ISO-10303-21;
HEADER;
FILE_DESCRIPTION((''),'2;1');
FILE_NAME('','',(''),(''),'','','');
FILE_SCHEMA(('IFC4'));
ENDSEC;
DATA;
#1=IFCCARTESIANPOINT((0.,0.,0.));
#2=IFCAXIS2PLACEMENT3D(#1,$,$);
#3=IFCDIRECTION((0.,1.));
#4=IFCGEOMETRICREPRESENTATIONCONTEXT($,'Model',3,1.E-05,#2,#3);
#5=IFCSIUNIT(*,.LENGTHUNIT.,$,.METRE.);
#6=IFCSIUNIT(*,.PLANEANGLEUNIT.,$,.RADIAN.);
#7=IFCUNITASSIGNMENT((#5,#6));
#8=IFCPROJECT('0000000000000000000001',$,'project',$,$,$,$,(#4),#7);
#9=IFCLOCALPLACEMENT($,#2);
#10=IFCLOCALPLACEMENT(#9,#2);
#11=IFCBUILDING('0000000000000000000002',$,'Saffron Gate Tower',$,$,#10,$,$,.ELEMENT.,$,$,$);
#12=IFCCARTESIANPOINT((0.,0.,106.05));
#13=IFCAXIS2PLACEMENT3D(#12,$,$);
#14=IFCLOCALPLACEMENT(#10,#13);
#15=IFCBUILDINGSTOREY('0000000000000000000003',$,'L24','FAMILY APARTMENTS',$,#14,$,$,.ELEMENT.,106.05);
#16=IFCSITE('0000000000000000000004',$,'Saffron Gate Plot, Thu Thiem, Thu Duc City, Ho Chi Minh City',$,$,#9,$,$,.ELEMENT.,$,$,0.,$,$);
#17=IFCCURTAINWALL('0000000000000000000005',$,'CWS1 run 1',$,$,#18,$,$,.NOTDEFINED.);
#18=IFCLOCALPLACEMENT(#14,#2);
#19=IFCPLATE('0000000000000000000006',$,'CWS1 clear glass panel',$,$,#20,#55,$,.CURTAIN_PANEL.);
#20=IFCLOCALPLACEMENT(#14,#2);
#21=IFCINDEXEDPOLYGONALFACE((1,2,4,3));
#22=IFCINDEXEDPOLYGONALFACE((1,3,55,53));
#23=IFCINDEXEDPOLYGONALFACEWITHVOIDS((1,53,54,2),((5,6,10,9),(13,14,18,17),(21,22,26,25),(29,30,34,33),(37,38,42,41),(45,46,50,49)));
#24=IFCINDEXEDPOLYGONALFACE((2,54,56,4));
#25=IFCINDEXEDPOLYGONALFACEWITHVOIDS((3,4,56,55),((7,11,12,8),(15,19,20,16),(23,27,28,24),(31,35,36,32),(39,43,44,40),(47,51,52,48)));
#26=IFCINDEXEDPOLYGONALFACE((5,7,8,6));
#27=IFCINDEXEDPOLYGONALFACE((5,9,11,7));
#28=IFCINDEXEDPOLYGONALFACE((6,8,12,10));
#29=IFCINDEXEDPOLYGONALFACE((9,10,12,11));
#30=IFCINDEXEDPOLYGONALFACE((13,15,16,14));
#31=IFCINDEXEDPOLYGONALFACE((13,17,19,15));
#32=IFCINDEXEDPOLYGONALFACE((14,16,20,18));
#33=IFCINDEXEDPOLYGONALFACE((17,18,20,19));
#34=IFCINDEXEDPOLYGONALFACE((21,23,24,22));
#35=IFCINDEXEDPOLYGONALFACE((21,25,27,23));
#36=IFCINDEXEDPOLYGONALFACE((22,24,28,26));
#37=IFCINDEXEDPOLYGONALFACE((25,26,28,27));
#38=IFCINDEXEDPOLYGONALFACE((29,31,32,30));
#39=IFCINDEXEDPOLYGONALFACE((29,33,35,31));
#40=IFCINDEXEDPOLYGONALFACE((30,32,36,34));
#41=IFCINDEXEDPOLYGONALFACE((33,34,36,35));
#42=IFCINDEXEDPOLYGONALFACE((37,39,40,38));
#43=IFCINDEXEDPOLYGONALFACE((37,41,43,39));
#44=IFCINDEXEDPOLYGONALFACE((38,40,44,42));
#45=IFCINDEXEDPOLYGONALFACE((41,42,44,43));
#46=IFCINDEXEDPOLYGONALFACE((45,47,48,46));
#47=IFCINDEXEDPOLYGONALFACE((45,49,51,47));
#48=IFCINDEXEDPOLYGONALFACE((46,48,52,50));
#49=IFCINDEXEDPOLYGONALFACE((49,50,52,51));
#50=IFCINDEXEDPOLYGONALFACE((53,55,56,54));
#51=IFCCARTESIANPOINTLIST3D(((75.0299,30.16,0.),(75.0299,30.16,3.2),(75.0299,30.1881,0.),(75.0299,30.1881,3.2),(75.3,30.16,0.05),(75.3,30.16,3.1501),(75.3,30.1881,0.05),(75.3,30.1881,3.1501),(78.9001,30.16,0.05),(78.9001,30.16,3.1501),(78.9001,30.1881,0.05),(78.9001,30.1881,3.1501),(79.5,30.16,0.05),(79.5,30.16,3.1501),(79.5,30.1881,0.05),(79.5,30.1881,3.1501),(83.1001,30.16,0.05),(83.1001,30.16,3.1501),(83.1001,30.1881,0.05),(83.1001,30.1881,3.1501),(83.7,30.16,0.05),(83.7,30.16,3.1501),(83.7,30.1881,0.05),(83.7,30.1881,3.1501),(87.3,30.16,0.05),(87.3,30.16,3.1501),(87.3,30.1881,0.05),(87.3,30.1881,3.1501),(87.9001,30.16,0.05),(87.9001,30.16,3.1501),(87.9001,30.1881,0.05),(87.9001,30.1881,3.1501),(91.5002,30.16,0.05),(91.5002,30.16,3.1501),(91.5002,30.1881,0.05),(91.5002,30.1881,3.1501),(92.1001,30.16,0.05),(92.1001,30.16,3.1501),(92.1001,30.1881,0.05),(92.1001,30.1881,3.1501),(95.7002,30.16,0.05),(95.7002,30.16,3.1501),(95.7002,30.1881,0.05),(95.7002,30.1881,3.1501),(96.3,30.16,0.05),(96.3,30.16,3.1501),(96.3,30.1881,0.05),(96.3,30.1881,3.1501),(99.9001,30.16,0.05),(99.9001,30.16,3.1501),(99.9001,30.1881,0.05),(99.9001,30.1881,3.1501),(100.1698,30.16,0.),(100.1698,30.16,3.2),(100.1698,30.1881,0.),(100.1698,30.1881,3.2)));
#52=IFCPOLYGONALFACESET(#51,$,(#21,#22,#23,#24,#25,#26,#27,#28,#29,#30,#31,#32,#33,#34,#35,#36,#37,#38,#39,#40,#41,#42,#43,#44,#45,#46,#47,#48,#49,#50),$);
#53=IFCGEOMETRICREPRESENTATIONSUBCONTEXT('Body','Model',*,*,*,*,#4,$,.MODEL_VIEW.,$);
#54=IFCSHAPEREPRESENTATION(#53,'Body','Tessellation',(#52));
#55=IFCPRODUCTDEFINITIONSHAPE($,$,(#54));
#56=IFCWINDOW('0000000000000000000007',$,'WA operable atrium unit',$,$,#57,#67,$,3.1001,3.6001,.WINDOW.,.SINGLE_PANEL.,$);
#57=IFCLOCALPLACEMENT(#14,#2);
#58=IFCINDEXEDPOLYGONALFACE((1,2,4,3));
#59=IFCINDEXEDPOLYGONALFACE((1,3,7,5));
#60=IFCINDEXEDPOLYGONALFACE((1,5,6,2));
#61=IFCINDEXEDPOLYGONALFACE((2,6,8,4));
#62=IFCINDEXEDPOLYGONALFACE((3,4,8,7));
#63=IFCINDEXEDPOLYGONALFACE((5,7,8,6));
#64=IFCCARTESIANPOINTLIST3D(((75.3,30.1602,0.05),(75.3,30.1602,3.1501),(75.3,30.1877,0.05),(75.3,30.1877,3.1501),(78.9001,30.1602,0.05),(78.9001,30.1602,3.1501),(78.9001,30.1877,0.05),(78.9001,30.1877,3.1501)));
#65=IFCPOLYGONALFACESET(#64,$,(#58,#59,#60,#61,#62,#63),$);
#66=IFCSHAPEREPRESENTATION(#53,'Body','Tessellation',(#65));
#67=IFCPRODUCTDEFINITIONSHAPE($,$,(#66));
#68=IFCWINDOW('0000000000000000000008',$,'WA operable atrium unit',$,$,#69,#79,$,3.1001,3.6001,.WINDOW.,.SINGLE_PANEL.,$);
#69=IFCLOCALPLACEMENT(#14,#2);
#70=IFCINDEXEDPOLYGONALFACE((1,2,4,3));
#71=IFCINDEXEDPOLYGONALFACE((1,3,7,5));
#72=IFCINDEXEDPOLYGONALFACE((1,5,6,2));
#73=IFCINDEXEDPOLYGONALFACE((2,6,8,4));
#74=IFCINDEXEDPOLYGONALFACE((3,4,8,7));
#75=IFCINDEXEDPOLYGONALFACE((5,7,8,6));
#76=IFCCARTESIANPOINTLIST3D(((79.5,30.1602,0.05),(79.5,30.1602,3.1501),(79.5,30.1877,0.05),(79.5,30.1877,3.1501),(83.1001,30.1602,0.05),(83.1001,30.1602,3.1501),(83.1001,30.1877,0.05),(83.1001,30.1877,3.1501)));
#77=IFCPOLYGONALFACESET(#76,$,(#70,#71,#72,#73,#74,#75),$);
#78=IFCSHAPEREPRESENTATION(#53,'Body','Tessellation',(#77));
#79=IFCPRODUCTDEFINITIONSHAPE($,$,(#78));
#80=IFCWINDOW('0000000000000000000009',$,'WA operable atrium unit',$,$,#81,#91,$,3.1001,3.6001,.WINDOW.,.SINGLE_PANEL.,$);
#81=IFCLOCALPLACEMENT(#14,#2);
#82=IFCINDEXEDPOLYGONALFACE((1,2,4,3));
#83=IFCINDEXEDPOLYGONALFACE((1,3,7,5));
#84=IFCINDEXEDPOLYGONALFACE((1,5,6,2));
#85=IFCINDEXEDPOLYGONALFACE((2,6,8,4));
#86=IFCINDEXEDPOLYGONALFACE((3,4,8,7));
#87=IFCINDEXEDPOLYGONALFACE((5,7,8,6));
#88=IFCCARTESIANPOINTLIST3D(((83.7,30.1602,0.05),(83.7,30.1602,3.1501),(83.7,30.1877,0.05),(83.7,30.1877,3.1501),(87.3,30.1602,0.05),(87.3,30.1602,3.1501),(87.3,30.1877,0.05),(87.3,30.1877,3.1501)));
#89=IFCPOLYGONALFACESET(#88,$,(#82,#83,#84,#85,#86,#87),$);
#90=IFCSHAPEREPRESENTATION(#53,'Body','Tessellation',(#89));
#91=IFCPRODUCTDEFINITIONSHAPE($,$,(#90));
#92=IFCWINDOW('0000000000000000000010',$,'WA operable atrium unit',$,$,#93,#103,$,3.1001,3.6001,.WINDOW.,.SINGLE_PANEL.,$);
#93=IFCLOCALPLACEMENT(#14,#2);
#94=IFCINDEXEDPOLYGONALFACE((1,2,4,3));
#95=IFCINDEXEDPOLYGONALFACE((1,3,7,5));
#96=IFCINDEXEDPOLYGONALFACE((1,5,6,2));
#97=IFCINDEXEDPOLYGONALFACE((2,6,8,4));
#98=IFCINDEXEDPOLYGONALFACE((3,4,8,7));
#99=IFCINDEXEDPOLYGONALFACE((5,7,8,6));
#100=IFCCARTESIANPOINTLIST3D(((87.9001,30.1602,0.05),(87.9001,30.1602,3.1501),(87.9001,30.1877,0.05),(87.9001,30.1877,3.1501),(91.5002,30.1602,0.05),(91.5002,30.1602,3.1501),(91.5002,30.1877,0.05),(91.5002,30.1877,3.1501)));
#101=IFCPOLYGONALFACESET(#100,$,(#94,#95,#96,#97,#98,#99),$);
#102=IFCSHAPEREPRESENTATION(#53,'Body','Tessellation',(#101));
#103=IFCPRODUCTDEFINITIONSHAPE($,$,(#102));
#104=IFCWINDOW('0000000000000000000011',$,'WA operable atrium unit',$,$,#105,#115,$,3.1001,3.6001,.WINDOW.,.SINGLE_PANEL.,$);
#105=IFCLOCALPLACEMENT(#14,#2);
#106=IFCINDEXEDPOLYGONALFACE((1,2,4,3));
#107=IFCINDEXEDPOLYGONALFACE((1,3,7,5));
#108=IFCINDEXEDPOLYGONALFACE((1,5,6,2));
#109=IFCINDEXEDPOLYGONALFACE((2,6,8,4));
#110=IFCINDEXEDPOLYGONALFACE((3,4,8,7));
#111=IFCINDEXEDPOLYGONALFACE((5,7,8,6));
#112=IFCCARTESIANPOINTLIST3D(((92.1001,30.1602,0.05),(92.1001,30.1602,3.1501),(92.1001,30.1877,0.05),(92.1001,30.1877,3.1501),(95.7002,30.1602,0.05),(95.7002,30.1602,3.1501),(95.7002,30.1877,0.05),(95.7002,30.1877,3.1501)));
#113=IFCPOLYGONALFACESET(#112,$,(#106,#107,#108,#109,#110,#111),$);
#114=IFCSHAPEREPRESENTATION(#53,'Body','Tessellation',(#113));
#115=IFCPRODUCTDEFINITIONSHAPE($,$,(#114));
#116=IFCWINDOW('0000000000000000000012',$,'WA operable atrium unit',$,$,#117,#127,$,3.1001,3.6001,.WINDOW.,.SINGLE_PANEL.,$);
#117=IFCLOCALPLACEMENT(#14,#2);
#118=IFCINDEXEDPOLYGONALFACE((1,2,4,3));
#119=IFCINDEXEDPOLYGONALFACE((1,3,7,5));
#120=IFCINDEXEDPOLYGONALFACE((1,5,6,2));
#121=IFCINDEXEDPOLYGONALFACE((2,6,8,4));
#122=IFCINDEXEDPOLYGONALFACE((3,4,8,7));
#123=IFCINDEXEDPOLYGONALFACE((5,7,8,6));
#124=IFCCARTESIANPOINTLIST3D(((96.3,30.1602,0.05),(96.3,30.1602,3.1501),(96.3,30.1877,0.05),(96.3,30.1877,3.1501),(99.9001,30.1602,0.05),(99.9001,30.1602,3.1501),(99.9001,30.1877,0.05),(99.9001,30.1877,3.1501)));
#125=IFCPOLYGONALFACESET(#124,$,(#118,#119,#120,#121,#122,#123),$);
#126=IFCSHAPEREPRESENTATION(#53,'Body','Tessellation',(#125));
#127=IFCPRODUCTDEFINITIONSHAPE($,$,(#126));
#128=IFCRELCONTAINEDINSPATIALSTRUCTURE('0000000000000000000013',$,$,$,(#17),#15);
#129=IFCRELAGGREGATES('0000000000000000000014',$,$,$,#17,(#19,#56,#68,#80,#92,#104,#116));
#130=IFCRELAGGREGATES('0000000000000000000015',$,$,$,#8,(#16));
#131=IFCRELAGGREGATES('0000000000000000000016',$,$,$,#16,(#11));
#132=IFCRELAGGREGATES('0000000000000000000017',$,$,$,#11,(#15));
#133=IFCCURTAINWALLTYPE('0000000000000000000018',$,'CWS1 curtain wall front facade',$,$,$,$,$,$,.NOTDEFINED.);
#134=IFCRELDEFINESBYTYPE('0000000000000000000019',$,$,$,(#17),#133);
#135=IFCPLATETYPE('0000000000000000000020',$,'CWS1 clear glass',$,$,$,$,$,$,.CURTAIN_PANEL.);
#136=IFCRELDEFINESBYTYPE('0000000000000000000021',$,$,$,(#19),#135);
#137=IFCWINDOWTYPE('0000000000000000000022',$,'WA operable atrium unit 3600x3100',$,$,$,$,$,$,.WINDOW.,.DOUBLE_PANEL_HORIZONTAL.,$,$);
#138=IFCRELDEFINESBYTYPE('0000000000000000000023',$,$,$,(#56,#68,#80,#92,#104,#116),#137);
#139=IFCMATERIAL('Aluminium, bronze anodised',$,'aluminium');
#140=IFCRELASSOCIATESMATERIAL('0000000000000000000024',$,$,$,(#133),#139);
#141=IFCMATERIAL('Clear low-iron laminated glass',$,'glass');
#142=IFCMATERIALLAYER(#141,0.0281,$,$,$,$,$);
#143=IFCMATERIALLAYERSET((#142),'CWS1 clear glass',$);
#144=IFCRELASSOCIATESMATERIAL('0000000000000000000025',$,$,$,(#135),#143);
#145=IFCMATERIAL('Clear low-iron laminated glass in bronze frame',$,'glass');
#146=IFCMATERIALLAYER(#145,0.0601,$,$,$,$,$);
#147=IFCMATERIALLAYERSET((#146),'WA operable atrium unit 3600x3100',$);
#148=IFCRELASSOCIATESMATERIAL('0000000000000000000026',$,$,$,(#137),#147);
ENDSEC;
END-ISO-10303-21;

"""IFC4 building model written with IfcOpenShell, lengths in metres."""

from ifc_helpers import new_model, si_unit, direction, frame, frame_2d, origin, place, context, subcontext, project, spatial, rectangle, extrude, material, layer, layer_set, type_object, element, fill, aggregate, save


model = new_model("IFC4")

# Units and contexts
model_context = context("Model", 3, precision=1e-05, world=origin(), true_north=direction((0.0, 1.0)))
body_context = subcontext(model_context, "Body", "Model", "MODEL_VIEW")
ifc_project = project(units=[si_unit("LENGTHUNIT", "METRE"), si_unit("PLANEANGLEUNIT", "RADIAN")], contexts=[model_context])

# Site, building, storey
site_placement = place(None, origin())
site = spatial("IfcSite", under=ifc_project, at=site_placement, Name="Saffron Gate Plot, Thu Thiem, Thu Duc City, Ho Chi Minh City", CompositionType="ELEMENT", RefElevation=0.0)
building_placement = place(site_placement, origin())
building = spatial("IfcBuilding", under=site, at=building_placement, Name="Saffron Gate Tower", CompositionType="ELEMENT")
storey_placement = place(building_placement, frame((0.0, 0.0, 106.05)))
storey = spatial("IfcBuildingStorey", under=building, at=storey_placement, Name="L24", Description="FAMILY APARTMENTS", CompositionType="ELEMENT", Elevation=106.05)

# Curtain wall, plate, openings, windows
ifc_material_1 = material(Name="Aluminium, bronze anodised", Category="aluminium")
curtain_wall_type = type_object("IfcCurtainWallType", Name="CWS1 curtain wall front facade", PredefinedType="NOTDEFINED", material=ifc_material_1)
curtain_wall_placement = place(storey_placement, origin())
curtain_wall = element("IfcCurtainWall", 1, at=curtain_wall_placement, inside=storey, type_object=curtain_wall_type, Name="CWS1 run 1", PredefinedType="NOTDEFINED")
ifc_material_2 = material(Name="Clear low-iron laminated glass", Category="glass")
ifc_layer_1 = layer(ifc_material_2, 0.0281)
ifc_layer_set_1 = layer_set([ifc_layer_1], Name="CWS1 clear glass")
plate_type = type_object("IfcPlateType", Name="CWS1 clear glass", PredefinedType="CURTAIN_PANEL", material=ifc_layer_set_1)
plate_placement = place(storey_placement, frame((75.03, 30.1741, 0.0), z_axis=(0.0, 0.0, 1.0), x_axis=(1.0, 0.0, 0.0)))
plate = element("IfcPlate", 2, at=plate_placement, type_object=plate_type, Name="CWS1 clear glass panel", PredefinedType="CURTAIN_PANEL", context=body_context, shape_type="SweptSolid", body=[
    extrude(rectangle(XDim=25.1399, YDim=0.0281, at=frame_2d((12.5698, 0.0))), origin(), (0.0, 0.0, 1.0), 3.2),
])
opening_1_placement = place(plate_placement, frame((0.27, 0.0, 0.05)))
opening_1 = element("IfcOpeningElement", 3, at=opening_1_placement, cuts=plate, PredefinedType="OPENING", context=body_context, shape_type="SweptSolid", body=[
    extrude(rectangle(XDim=3.6001, YDim=3.1001, at=frame_2d((1.8, 1.55))), frame((0.0, 0.0239, 0.0), z_axis=(0.0, -1.0, 0.0), x_axis=(1.0, 0.0, 0.0)), (0.0, 0.0, 1.0), 0.0481),
])
opening_2_placement = place(plate_placement, frame((4.47, 0.0, 0.05)))
opening_2 = element("IfcOpeningElement", 4, at=opening_2_placement, cuts=plate, PredefinedType="OPENING", context=body_context, shape_type="SweptSolid", body=[
    extrude(rectangle(XDim=3.6001, YDim=3.1001, at=frame_2d((1.8, 1.55))), frame((0.0, 0.0239, 0.0), z_axis=(0.0, -1.0, 0.0), x_axis=(1.0, 0.0, 0.0)), (0.0, 0.0, 1.0), 0.0481),
])
opening_3_placement = place(plate_placement, frame((8.6699, 0.0, 0.05)))
opening_3 = element("IfcOpeningElement", 5, at=opening_3_placement, cuts=plate, PredefinedType="OPENING", context=body_context, shape_type="SweptSolid", body=[
    extrude(rectangle(XDim=3.6001, YDim=3.1001, at=frame_2d((1.8, 1.55))), frame((0.0, 0.0239, 0.0), z_axis=(0.0, -1.0, 0.0), x_axis=(1.0, 0.0, 0.0)), (0.0, 0.0, 1.0), 0.0481),
])
opening_4_placement = place(plate_placement, frame((12.8701, 0.0, 0.05)))
opening_4 = element("IfcOpeningElement", 6, at=opening_4_placement, cuts=plate, PredefinedType="OPENING", context=body_context, shape_type="SweptSolid", body=[
    extrude(rectangle(XDim=3.6001, YDim=3.1001, at=frame_2d((1.8, 1.55))), frame((0.0, 0.0239, 0.0), z_axis=(0.0, -1.0, 0.0), x_axis=(1.0, 0.0, 0.0)), (0.0, 0.0, 1.0), 0.0481),
])
opening_5_placement = place(plate_placement, frame((17.0701, 0.0, 0.05)))
opening_5 = element("IfcOpeningElement", 7, at=opening_5_placement, cuts=plate, PredefinedType="OPENING", context=body_context, shape_type="SweptSolid", body=[
    extrude(rectangle(XDim=3.6001, YDim=3.1001, at=frame_2d((1.8, 1.55))), frame((0.0, 0.0239, 0.0), z_axis=(0.0, -1.0, 0.0), x_axis=(1.0, 0.0, 0.0)), (0.0, 0.0, 1.0), 0.0481),
])
opening_6_placement = place(plate_placement, frame((21.27, 0.0, 0.05)))
opening_6 = element("IfcOpeningElement", 8, at=opening_6_placement, cuts=plate, PredefinedType="OPENING", context=body_context, shape_type="SweptSolid", body=[
    extrude(rectangle(XDim=3.6001, YDim=3.1001, at=frame_2d((1.8, 1.55))), frame((0.0, 0.0239, 0.0), z_axis=(0.0, -1.0, 0.0), x_axis=(1.0, 0.0, 0.0)), (0.0, 0.0, 1.0), 0.0481),
])
ifc_material_3 = material(Name="Clear low-iron laminated glass in bronze frame", Category="glass")
ifc_layer_2 = layer(ifc_material_3, 0.0601)
ifc_layer_set_2 = layer_set([ifc_layer_2], Name="WA operable atrium unit 3600x3100")
window_type = type_object("IfcWindowType", Name="WA operable atrium unit 3600x3100", PartitioningType="DOUBLE_PANEL_HORIZONTAL", PredefinedType="WINDOW", material=ifc_layer_set_2)
window_1_placement = place(opening_1_placement, origin())
window_1 = element("IfcWindow", 9, at=window_1_placement, type_object=window_type, Name="WA operable atrium unit", OverallHeight=3.1001, OverallWidth=3.6001, PartitioningType="SINGLE_PANEL", PredefinedType="WINDOW", context=body_context, shape_type="SweptSolid", body=[
    extrude(rectangle(XDim=3.6001, YDim=3.1001, at=frame_2d((1.8, 1.55))), frame((0.0, 0.0137, 0.0), z_axis=(0.0, -1.0, 0.0), x_axis=(1.0, 0.0, 0.0)), (0.0, 0.0, 1.0), 0.0276),
])
fill(opening_1, window_1)
window_2_placement = place(opening_2_placement, origin())
window_2 = element("IfcWindow", 10, at=window_2_placement, type_object=window_type, Name="WA operable atrium unit", OverallHeight=3.1001, OverallWidth=3.6001, PartitioningType="SINGLE_PANEL", PredefinedType="WINDOW", context=body_context, shape_type="SweptSolid", body=[
    extrude(rectangle(XDim=3.6001, YDim=3.1001, at=frame_2d((1.8, 1.55))), frame((0.0, 0.0137, 0.0), z_axis=(0.0, -1.0, 0.0), x_axis=(1.0, 0.0, 0.0)), (0.0, 0.0, 1.0), 0.0276),
])
fill(opening_2, window_2)
window_3_placement = place(opening_3_placement, origin())
window_3 = element("IfcWindow", 11, at=window_3_placement, type_object=window_type, Name="WA operable atrium unit", OverallHeight=3.1001, OverallWidth=3.6001, PartitioningType="SINGLE_PANEL", PredefinedType="WINDOW", context=body_context, shape_type="SweptSolid", body=[
    extrude(rectangle(XDim=3.6001, YDim=3.1001, at=frame_2d((1.8, 1.55))), frame((0.0, 0.0137, 0.0), z_axis=(0.0, -1.0, 0.0), x_axis=(1.0, 0.0, 0.0)), (0.0, 0.0, 1.0), 0.0276),
])
fill(opening_3, window_3)
window_4_placement = place(opening_4_placement, origin())
window_4 = element("IfcWindow", 12, at=window_4_placement, type_object=window_type, Name="WA operable atrium unit", OverallHeight=3.1001, OverallWidth=3.6001, PartitioningType="SINGLE_PANEL", PredefinedType="WINDOW", context=body_context, shape_type="SweptSolid", body=[
    extrude(rectangle(XDim=3.6001, YDim=3.1001, at=frame_2d((1.8, 1.55))), frame((0.0, 0.0137, 0.0), z_axis=(0.0, -1.0, 0.0), x_axis=(1.0, 0.0, 0.0)), (0.0, 0.0, 1.0), 0.0276),
])
fill(opening_4, window_4)
window_5_placement = place(opening_5_placement, origin())
window_5 = element("IfcWindow", 13, at=window_5_placement, type_object=window_type, Name="WA operable atrium unit", OverallHeight=3.1001, OverallWidth=3.6001, PartitioningType="SINGLE_PANEL", PredefinedType="WINDOW", context=body_context, shape_type="SweptSolid", body=[
    extrude(rectangle(XDim=3.6001, YDim=3.1001, at=frame_2d((1.8, 1.55))), frame((0.0, 0.0137, 0.0), z_axis=(0.0, -1.0, 0.0), x_axis=(1.0, 0.0, 0.0)), (0.0, 0.0, 1.0), 0.0276),
])
fill(opening_5, window_5)
window_6_placement = place(opening_6_placement, origin())
window_6 = element("IfcWindow", 14, at=window_6_placement, type_object=window_type, Name="WA operable atrium unit", OverallHeight=3.1001, OverallWidth=3.6001, PartitioningType="SINGLE_PANEL", PredefinedType="WINDOW", context=body_context, shape_type="SweptSolid", body=[
    extrude(rectangle(XDim=3.6001, YDim=3.1001, at=frame_2d((1.8, 1.55))), frame((0.0, 0.0137, 0.0), z_axis=(0.0, -1.0, 0.0), x_axis=(1.0, 0.0, 0.0)), (0.0, 0.0, 1.0), 0.0276),
])
fill(opening_6, window_6)
aggregate(curtain_wall, [plate, window_1, window_2, window_3, window_4, window_5, window_6])

save(model, "model.ifc")
